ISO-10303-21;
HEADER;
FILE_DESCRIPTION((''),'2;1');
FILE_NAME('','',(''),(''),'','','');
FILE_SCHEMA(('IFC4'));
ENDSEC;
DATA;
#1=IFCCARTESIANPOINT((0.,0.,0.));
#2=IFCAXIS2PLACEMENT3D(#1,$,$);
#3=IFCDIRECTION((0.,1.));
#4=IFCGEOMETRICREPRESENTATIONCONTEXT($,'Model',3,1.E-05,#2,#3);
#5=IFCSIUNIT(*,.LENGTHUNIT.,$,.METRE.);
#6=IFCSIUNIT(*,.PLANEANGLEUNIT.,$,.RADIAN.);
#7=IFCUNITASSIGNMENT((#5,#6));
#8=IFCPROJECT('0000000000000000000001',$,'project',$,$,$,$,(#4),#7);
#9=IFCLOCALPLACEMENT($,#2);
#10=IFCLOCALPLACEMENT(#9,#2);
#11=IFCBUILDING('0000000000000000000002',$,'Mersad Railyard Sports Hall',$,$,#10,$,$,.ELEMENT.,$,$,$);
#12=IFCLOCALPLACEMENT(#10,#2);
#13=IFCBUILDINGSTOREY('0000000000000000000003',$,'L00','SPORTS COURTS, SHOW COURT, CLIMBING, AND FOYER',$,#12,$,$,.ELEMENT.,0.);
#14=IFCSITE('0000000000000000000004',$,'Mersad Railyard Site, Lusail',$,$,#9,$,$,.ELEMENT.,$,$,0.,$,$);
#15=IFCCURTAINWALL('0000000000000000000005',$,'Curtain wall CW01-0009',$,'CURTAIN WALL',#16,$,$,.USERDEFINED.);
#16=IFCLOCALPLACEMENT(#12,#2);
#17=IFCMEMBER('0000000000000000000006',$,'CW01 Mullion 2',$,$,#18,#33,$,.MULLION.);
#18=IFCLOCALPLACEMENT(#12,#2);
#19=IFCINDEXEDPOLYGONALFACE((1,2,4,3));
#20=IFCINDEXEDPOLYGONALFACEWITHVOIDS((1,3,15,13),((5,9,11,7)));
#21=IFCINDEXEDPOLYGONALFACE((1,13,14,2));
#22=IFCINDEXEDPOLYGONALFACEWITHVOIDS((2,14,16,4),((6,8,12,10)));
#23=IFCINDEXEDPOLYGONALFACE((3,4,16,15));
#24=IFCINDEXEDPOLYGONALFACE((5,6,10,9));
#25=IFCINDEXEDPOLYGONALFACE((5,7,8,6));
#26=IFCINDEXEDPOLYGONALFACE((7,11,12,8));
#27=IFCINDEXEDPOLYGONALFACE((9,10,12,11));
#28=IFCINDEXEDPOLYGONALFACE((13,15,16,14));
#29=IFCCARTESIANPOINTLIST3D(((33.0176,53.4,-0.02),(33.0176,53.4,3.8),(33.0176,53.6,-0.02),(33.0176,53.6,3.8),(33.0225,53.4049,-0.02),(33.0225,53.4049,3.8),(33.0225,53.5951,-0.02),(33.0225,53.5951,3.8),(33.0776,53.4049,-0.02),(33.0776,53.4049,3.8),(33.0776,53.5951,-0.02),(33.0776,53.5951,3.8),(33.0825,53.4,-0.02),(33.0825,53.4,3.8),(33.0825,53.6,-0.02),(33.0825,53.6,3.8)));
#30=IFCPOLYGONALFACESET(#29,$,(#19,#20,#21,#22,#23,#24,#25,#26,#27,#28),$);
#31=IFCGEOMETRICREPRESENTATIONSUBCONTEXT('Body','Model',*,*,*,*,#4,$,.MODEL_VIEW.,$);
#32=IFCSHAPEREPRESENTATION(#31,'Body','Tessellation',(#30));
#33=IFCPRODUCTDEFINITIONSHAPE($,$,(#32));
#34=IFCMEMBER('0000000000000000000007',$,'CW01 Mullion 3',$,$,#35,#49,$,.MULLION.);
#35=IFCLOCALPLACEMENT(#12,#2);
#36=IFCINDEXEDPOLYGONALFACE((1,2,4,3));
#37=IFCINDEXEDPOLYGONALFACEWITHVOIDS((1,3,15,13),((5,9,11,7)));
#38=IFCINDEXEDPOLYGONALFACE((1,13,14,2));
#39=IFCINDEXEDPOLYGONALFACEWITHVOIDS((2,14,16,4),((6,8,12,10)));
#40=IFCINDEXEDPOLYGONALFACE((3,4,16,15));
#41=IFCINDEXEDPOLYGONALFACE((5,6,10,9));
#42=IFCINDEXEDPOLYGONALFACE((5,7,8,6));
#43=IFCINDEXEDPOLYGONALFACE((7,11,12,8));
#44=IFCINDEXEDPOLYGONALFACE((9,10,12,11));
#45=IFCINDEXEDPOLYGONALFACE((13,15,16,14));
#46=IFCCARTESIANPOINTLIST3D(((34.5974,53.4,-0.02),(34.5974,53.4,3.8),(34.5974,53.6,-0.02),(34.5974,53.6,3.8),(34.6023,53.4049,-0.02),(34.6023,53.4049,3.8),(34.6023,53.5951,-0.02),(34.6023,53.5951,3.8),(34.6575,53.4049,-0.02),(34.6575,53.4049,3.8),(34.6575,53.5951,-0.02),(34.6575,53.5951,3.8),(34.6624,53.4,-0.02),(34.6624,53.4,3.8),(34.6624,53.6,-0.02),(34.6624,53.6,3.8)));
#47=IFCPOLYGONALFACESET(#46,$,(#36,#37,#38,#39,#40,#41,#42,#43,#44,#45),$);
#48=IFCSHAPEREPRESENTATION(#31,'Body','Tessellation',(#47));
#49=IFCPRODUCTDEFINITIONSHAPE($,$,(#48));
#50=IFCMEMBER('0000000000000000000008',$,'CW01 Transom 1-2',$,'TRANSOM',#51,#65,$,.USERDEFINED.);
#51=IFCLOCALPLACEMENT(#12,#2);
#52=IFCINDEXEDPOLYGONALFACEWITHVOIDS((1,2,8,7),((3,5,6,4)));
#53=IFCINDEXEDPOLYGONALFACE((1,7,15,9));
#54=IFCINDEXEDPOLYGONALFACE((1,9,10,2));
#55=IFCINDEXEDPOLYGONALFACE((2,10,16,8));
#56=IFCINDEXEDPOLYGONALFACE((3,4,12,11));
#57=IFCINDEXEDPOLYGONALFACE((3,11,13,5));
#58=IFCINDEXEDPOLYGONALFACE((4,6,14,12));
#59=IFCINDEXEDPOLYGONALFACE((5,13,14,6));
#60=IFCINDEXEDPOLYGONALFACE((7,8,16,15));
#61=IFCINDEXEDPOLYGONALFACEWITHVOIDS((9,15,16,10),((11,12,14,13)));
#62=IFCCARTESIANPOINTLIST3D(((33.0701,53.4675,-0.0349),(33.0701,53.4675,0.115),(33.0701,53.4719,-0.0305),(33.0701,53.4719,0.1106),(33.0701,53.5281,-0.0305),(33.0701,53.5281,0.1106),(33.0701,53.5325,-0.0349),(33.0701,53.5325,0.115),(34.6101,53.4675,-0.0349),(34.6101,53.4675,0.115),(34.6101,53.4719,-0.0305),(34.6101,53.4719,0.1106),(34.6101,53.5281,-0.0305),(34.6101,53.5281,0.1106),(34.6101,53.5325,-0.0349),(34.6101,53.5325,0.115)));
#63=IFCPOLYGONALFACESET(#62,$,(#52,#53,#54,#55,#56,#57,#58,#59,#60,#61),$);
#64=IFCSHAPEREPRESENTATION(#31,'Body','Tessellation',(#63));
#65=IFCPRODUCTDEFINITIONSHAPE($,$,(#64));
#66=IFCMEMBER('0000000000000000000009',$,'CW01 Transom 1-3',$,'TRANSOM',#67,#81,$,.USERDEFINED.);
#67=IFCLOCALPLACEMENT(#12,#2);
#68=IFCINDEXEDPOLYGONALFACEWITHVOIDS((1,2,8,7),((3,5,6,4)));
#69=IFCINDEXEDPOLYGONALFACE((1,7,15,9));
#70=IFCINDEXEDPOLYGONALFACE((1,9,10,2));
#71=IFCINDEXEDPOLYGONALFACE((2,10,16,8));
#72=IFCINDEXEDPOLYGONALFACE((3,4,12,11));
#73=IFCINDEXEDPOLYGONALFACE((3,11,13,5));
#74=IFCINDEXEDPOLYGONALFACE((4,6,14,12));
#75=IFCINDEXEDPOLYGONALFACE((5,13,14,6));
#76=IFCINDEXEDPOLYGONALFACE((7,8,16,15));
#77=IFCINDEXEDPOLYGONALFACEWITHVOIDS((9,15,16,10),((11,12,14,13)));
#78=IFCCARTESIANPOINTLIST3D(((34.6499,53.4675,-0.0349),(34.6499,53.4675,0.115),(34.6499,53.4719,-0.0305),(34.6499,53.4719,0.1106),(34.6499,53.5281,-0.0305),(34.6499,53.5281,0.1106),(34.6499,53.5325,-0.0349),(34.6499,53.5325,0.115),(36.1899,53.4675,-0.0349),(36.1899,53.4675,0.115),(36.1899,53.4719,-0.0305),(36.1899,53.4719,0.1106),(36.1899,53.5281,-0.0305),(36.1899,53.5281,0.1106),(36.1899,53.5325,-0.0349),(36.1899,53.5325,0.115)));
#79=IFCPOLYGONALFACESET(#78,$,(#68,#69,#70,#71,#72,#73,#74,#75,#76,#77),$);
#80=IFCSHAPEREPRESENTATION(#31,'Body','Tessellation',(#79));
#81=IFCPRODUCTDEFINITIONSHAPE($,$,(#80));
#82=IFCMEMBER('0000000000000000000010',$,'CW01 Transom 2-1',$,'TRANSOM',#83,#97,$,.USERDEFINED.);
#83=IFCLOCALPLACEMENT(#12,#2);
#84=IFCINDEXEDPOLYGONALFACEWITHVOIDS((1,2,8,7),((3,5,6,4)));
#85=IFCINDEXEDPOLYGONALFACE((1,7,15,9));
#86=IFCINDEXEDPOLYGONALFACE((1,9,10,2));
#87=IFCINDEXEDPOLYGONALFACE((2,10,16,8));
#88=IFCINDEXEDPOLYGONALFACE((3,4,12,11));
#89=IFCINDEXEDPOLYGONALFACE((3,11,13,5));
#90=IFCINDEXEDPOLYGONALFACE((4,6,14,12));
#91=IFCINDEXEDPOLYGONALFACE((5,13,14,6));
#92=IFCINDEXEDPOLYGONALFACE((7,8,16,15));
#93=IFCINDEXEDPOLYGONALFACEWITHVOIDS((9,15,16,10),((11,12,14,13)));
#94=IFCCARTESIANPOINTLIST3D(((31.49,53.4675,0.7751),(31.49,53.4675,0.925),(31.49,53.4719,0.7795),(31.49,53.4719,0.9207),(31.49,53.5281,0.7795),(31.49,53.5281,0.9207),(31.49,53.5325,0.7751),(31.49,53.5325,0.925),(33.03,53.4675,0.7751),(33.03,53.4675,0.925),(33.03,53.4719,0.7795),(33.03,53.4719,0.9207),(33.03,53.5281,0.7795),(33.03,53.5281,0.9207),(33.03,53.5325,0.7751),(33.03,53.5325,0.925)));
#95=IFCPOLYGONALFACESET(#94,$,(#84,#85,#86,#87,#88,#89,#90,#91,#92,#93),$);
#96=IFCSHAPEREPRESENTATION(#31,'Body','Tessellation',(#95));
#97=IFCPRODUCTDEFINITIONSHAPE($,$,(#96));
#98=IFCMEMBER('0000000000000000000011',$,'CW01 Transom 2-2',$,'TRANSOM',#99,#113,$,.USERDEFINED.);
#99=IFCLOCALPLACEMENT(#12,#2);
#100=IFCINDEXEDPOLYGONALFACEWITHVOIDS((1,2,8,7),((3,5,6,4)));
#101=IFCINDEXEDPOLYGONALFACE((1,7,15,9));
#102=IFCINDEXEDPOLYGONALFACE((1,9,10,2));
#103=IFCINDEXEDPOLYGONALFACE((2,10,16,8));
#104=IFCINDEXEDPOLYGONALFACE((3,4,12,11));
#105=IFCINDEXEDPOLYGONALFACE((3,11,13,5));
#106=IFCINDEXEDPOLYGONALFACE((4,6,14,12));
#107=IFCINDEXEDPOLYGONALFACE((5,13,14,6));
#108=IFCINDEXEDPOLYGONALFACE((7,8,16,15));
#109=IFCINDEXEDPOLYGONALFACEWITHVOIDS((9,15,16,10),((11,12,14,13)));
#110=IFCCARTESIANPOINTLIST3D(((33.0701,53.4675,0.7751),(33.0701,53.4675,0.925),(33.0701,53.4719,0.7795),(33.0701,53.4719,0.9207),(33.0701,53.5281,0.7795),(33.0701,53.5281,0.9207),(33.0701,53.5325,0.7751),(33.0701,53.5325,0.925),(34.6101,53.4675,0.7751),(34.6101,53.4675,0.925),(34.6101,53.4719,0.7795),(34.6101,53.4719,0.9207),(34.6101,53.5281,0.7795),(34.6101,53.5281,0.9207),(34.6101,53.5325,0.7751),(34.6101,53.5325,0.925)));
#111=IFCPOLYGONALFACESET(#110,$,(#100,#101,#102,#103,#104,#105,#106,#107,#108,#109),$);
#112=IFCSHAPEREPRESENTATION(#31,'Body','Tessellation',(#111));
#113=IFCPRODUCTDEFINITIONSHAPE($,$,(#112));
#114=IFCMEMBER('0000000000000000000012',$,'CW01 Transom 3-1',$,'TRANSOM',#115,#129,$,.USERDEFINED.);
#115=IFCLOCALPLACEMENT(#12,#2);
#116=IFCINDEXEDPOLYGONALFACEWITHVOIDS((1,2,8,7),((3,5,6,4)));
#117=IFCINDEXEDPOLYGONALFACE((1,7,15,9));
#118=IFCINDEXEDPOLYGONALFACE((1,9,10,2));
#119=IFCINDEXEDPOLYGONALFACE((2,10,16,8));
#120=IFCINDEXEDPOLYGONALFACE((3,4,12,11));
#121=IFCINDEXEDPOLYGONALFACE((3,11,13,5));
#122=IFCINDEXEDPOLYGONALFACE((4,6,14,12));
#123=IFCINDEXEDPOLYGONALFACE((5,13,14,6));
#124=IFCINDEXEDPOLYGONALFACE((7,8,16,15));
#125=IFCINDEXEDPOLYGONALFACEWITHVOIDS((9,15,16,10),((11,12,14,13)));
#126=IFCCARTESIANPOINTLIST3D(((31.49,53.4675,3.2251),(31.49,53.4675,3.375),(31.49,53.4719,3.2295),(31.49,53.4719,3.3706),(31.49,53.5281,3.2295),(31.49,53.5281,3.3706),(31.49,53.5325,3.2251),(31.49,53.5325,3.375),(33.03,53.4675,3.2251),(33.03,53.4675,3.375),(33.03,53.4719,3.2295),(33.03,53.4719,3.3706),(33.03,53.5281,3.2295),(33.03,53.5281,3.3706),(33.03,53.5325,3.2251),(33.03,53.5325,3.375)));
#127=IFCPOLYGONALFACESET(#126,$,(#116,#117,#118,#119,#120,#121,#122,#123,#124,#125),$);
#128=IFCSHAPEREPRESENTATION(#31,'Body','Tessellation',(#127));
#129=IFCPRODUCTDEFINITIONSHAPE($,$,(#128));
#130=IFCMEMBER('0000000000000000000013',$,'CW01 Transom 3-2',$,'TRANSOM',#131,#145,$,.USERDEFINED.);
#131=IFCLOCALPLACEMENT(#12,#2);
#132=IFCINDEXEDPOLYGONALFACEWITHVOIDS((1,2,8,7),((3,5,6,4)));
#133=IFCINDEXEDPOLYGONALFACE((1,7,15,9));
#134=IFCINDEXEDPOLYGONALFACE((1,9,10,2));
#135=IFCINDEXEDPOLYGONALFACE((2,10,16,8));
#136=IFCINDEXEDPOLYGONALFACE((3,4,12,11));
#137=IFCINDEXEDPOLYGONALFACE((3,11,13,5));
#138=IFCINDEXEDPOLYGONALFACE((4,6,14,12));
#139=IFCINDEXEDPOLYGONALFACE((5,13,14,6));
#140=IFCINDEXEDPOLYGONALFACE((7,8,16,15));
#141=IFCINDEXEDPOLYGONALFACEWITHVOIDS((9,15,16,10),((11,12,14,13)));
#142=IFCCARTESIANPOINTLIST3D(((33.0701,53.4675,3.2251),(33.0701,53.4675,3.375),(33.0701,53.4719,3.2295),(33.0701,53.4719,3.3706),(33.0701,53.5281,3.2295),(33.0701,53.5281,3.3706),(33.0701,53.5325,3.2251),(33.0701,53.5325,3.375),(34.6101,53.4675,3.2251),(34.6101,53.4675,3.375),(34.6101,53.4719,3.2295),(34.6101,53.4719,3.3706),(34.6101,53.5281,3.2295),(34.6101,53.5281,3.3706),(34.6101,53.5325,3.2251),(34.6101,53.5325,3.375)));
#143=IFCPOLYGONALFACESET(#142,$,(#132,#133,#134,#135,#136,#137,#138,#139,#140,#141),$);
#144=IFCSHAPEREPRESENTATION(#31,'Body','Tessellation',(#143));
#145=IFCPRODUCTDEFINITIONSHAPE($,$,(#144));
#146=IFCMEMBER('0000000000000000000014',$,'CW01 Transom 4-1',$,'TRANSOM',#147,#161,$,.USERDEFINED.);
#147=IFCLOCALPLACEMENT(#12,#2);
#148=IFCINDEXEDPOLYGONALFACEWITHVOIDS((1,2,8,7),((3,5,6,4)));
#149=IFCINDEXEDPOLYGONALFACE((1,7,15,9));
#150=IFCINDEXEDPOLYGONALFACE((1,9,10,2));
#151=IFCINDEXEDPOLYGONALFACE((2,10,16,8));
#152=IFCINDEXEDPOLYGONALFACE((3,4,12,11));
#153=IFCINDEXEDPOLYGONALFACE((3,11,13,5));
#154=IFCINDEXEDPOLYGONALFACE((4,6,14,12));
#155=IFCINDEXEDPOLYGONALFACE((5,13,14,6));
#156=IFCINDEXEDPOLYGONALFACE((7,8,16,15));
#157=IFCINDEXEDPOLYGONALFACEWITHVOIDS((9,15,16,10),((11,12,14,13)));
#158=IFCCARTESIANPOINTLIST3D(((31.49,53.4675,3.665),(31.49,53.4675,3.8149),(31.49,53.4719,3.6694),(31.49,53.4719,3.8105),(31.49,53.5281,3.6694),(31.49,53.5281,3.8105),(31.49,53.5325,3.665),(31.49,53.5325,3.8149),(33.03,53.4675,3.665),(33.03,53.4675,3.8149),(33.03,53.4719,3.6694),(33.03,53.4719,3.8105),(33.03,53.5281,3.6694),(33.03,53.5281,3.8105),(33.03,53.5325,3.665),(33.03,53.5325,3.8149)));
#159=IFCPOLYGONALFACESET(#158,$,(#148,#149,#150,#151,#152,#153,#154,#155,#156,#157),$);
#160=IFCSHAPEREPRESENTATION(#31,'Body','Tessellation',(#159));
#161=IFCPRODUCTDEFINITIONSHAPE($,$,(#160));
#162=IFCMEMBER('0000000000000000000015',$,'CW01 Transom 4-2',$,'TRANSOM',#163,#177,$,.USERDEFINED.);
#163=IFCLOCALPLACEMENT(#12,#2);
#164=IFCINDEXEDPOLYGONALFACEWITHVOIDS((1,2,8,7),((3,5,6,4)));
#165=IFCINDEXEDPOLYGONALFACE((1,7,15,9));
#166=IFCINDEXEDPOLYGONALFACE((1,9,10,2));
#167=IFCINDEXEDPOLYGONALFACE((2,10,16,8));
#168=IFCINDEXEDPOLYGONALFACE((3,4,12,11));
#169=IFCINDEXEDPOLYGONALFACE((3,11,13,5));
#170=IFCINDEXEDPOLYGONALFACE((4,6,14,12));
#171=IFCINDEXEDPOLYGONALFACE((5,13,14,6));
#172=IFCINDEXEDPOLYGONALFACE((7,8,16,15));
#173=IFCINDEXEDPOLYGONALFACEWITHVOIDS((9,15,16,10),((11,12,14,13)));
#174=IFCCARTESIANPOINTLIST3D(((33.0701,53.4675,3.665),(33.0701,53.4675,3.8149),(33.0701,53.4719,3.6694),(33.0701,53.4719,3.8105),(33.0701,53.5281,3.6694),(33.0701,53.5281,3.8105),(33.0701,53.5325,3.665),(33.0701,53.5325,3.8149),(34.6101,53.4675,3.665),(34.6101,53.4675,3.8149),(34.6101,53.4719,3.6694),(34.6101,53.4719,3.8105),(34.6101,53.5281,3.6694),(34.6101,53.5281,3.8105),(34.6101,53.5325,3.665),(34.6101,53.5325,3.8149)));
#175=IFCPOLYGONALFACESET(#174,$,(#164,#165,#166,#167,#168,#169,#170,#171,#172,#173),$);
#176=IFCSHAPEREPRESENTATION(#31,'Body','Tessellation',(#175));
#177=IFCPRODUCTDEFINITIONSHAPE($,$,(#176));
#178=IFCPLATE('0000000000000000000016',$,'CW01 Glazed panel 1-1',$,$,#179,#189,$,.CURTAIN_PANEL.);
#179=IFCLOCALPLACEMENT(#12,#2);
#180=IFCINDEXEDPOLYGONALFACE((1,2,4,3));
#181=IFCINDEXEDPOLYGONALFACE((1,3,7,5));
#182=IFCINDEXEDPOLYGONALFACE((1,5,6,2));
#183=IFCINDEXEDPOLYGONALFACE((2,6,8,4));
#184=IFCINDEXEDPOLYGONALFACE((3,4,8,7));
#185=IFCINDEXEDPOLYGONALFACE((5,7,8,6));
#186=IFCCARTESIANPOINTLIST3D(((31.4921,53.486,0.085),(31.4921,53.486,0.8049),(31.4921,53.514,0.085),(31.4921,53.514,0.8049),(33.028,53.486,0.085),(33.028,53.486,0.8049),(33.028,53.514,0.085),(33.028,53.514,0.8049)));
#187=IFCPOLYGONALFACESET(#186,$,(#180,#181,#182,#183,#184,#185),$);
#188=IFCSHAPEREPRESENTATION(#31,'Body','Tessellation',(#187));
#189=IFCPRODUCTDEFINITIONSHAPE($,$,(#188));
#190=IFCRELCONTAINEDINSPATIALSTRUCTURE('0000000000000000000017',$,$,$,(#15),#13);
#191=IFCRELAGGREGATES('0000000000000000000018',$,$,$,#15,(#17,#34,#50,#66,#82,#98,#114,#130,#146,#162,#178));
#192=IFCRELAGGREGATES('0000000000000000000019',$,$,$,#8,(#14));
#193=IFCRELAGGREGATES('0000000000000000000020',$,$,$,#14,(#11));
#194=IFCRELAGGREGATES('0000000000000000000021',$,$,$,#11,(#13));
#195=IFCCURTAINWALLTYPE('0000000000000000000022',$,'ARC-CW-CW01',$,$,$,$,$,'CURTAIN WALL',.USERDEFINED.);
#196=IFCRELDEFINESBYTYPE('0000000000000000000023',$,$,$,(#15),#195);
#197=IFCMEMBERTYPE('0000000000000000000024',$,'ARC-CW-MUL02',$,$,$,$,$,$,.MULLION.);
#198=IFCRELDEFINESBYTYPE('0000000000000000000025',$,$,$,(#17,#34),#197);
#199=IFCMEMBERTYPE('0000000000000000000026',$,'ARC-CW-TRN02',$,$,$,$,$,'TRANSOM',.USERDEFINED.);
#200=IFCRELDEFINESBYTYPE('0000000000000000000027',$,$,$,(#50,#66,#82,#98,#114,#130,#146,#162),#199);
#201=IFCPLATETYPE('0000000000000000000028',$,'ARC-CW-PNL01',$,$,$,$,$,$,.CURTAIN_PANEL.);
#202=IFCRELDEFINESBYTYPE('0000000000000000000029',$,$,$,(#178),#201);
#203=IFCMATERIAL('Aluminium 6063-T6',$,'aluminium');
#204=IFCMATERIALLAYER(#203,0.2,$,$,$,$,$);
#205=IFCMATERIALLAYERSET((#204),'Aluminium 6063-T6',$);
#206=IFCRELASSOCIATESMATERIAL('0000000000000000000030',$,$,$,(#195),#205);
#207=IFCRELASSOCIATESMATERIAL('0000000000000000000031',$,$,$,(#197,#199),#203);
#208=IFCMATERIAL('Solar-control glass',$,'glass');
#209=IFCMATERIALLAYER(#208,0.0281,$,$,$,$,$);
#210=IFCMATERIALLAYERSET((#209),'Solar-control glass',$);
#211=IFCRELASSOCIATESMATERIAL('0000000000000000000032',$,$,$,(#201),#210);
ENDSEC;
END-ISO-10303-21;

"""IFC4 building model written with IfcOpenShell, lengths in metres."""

from ifc_helpers import new_model, si_unit, direction, frame, origin, origin_2d, place, context, subcontext, project, spatial, rectangle, hollow_rectangle, extrude, material, layer, layer_set, material_profile, profile_set, type_object, element, aggregate, save


model = new_model("IFC4")

# Units and contexts
model_context = context("Model", 3, precision=1e-05, world=origin(), true_north=direction((0.0, 1.0)))
body_context = subcontext(model_context, "Body", "Model", "MODEL_VIEW")
ifc_project = project(units=[si_unit("LENGTHUNIT", "METRE"), si_unit("PLANEANGLEUNIT", "RADIAN")], contexts=[model_context])

# Site, building, storey
site_placement = place(None, origin())
site = spatial("IfcSite", under=ifc_project, at=site_placement, Name="Mersad Railyard Site, Lusail", CompositionType="ELEMENT", RefElevation=0.0)
building_placement = place(site_placement, origin())
building = spatial("IfcBuilding", under=site, at=building_placement, Name="Mersad Railyard Sports Hall", CompositionType="ELEMENT")
storey_placement = place(building_placement, origin())
storey = spatial("IfcBuildingStorey", under=building, at=storey_placement, Name="L00", Description="SPORTS COURTS, SHOW COURT, CLIMBING, AND FOYER", CompositionType="ELEMENT", Elevation=0.0)

# Curtain wall, members, plate
ifc_material_1 = material(Name="Aluminium 6063-T6", Category="aluminium")
ifc_layer_1 = layer(ifc_material_1, 0.2)
ifc_layer_set_1 = layer_set([ifc_layer_1], Name="Aluminium 6063-T6")
curtain_wall_type = type_object("IfcCurtainWallType", Name="ARC-CW-CW01", ElementType="CURTAIN WALL", PredefinedType="USERDEFINED", material=ifc_layer_set_1)
curtain_wall_placement = place(storey_placement, origin())
curtain_wall = element("IfcCurtainWall", 1, at=curtain_wall_placement, inside=storey, type_object=curtain_wall_type, Name="Curtain wall CW01-0009", ObjectType="CURTAIN WALL", PredefinedType="USERDEFINED")
ifc_material_profile_1 = material_profile(ifc_material_1, hollow_rectangle(XDim=0.0649, YDim=0.2, WallThickness=0.0049, at=origin_2d()), Name="AL MULLION 65x200x5")
ifc_profile_set_1 = profile_set([ifc_material_profile_1], Name="Aluminium 6063-T6")
member_type_1 = type_object("IfcMemberType", Name="ARC-CW-MUL02", PredefinedType="MULLION", material=ifc_profile_set_1)
member_1_placement = place(storey_placement, frame((33.05, 53.5, -0.02), z_axis=(0.0, 0.0, 1.0), x_axis=(1.0, 0.0, 0.0)))
member_1 = element("IfcMember", 2, at=member_1_placement, type_object=member_type_1, Name="CW01 Mullion 2", PredefinedType="MULLION", context=body_context, shape_type="SweptSolid", body=[
    extrude(hollow_rectangle(XDim=0.0649, YDim=0.2, WallThickness=0.0049, at=origin_2d()), origin(), (0.0, 0.0, 1.0), 3.8201),
])
member_2_placement = place(storey_placement, frame((34.6299, 53.5, -0.02), z_axis=(0.0, 0.0, 1.0), x_axis=(1.0, 0.0, 0.0)))
member_2 = element("IfcMember", 3, at=member_2_placement, type_object=member_type_1, Name="CW01 Mullion 3", PredefinedType="MULLION", context=body_context, shape_type="SweptSolid", body=[
    extrude(hollow_rectangle(XDim=0.0649, YDim=0.2, WallThickness=0.0049, at=origin_2d()), origin(), (0.0, 0.0, 1.0), 3.8201),
])
ifc_material_profile_2 = material_profile(ifc_material_1, hollow_rectangle(XDim=0.0649, YDim=0.1499, WallThickness=0.0044, at=origin_2d()), Name="AL TRANSOM 65x150x4.5")
ifc_profile_set_2 = profile_set([ifc_material_profile_2], Name="Aluminium 6063-T6")
member_type_2 = type_object("IfcMemberType", Name="ARC-CW-TRN02", ElementType="TRANSOM", PredefinedType="USERDEFINED", material=ifc_profile_set_2)
member_3_placement = place(storey_placement, frame((33.0701, 53.5, 0.04), z_axis=(1.0, 0.0, 0.0), x_axis=(0.0, 1.0, 0.0)))
member_3 = element("IfcMember", 4, at=member_3_placement, type_object=member_type_2, Name="CW01 Transom 1-2", ObjectType="TRANSOM", PredefinedType="USERDEFINED", context=body_context, shape_type="SweptSolid", body=[
    extrude(hollow_rectangle(XDim=0.0649, YDim=0.1499, WallThickness=0.0044, at=origin_2d()), origin(), (0.0, 0.0, 1.0), 1.54),
])
member_4_placement = place(storey_placement, frame((34.6499, 53.5, 0.04), z_axis=(1.0, 0.0, 0.0), x_axis=(0.0, 1.0, 0.0)))
member_4 = element("IfcMember", 5, at=member_4_placement, type_object=member_type_2, Name="CW01 Transom 1-3", ObjectType="TRANSOM", PredefinedType="USERDEFINED", context=body_context, shape_type="SweptSolid", body=[
    extrude(hollow_rectangle(XDim=0.0649, YDim=0.1499, WallThickness=0.0044, at=origin_2d()), origin(), (0.0, 0.0, 1.0), 1.54),
])
member_5_placement = place(storey_placement, frame((31.49, 53.5, 0.8501), z_axis=(1.0, 0.0, 0.0), x_axis=(0.0, 1.0, 0.0)))
member_5 = element("IfcMember", 6, at=member_5_placement, type_object=member_type_2, Name="CW01 Transom 2-1", ObjectType="TRANSOM", PredefinedType="USERDEFINED", context=body_context, shape_type="SweptSolid", body=[
    extrude(hollow_rectangle(XDim=0.0649, YDim=0.1499, WallThickness=0.0044, at=origin_2d()), origin(), (0.0, 0.0, 1.0), 1.54),
])
member_6_placement = place(storey_placement, frame((33.0701, 53.5, 0.8501), z_axis=(1.0, 0.0, 0.0), x_axis=(0.0, 1.0, 0.0)))
member_6 = element("IfcMember", 7, at=member_6_placement, type_object=member_type_2, Name="CW01 Transom 2-2", ObjectType="TRANSOM", PredefinedType="USERDEFINED", context=body_context, shape_type="SweptSolid", body=[
    extrude(hollow_rectangle(XDim=0.0649, YDim=0.1499, WallThickness=0.0044, at=origin_2d()), origin(), (0.0, 0.0, 1.0), 1.54),
])
member_7_placement = place(storey_placement, frame((31.49, 53.5, 3.3), z_axis=(1.0, 0.0, 0.0), x_axis=(0.0, 1.0, 0.0)))
member_7 = element("IfcMember", 8, at=member_7_placement, type_object=member_type_2, Name="CW01 Transom 3-1", ObjectType="TRANSOM", PredefinedType="USERDEFINED", context=body_context, shape_type="SweptSolid", body=[
    extrude(hollow_rectangle(XDim=0.0649, YDim=0.1499, WallThickness=0.0044, at=origin_2d()), origin(), (0.0, 0.0, 1.0), 1.54),
])
member_8_placement = place(storey_placement, frame((33.0701, 53.5, 3.3), z_axis=(1.0, 0.0, 0.0), x_axis=(0.0, 1.0, 0.0)))
member_8 = element("IfcMember", 9, at=member_8_placement, type_object=member_type_2, Name="CW01 Transom 3-2", ObjectType="TRANSOM", PredefinedType="USERDEFINED", context=body_context, shape_type="SweptSolid", body=[
    extrude(hollow_rectangle(XDim=0.0649, YDim=0.1499, WallThickness=0.0044, at=origin_2d()), origin(), (0.0, 0.0, 1.0), 1.54),
])
member_9_placement = place(storey_placement, frame((31.49, 53.5, 3.74), z_axis=(1.0, 0.0, 0.0), x_axis=(0.0, 1.0, 0.0)))
member_9 = element("IfcMember", 10, at=member_9_placement, type_object=member_type_2, Name="CW01 Transom 4-1", ObjectType="TRANSOM", PredefinedType="USERDEFINED", context=body_context, shape_type="SweptSolid", body=[
    extrude(hollow_rectangle(XDim=0.0649, YDim=0.1499, WallThickness=0.0044, at=origin_2d()), origin(), (0.0, 0.0, 1.0), 1.54),
])
member_10_placement = place(storey_placement, frame((33.0701, 53.5, 3.74), z_axis=(1.0, 0.0, 0.0), x_axis=(0.0, 1.0, 0.0)))
member_10 = element("IfcMember", 11, at=member_10_placement, type_object=member_type_2, Name="CW01 Transom 4-2", ObjectType="TRANSOM", PredefinedType="USERDEFINED", context=body_context, shape_type="SweptSolid", body=[
    extrude(hollow_rectangle(XDim=0.0649, YDim=0.1499, WallThickness=0.0044, at=origin_2d()), origin(), (0.0, 0.0, 1.0), 1.54),
])
ifc_material_2 = material(Name="Solar-control glass", Category="glass")
ifc_layer_2 = layer(ifc_material_2, 0.0281)
ifc_layer_set_2 = layer_set([ifc_layer_2], Name="Solar-control glass")
plate_type = type_object("IfcPlateType", Name="ARC-CW-PNL01", PredefinedType="CURTAIN_PANEL", material=ifc_layer_set_2)
plate_1_placement = place(storey_placement, frame((32.26, 53.5, 0.085), z_axis=(0.0, 0.0, 1.0), x_axis=(1.0, 0.0, 0.0)))
plate_1 = element("IfcPlate", 12, at=plate_1_placement, type_object=plate_type, Name="CW01 Glazed panel 1-1", PredefinedType="CURTAIN_PANEL", context=body_context, shape_type="SweptSolid", body=[
    extrude(rectangle(XDim=1.5359, YDim=0.0281, at=origin_2d()), origin(), (0.0, 0.0, 1.0), 0.72),
])
aggregate(curtain_wall, [member_1, member_2, member_3, member_4, member_5, member_6, member_7, member_8, member_9, member_10, plate_1])

save(model, "model.ifc")
